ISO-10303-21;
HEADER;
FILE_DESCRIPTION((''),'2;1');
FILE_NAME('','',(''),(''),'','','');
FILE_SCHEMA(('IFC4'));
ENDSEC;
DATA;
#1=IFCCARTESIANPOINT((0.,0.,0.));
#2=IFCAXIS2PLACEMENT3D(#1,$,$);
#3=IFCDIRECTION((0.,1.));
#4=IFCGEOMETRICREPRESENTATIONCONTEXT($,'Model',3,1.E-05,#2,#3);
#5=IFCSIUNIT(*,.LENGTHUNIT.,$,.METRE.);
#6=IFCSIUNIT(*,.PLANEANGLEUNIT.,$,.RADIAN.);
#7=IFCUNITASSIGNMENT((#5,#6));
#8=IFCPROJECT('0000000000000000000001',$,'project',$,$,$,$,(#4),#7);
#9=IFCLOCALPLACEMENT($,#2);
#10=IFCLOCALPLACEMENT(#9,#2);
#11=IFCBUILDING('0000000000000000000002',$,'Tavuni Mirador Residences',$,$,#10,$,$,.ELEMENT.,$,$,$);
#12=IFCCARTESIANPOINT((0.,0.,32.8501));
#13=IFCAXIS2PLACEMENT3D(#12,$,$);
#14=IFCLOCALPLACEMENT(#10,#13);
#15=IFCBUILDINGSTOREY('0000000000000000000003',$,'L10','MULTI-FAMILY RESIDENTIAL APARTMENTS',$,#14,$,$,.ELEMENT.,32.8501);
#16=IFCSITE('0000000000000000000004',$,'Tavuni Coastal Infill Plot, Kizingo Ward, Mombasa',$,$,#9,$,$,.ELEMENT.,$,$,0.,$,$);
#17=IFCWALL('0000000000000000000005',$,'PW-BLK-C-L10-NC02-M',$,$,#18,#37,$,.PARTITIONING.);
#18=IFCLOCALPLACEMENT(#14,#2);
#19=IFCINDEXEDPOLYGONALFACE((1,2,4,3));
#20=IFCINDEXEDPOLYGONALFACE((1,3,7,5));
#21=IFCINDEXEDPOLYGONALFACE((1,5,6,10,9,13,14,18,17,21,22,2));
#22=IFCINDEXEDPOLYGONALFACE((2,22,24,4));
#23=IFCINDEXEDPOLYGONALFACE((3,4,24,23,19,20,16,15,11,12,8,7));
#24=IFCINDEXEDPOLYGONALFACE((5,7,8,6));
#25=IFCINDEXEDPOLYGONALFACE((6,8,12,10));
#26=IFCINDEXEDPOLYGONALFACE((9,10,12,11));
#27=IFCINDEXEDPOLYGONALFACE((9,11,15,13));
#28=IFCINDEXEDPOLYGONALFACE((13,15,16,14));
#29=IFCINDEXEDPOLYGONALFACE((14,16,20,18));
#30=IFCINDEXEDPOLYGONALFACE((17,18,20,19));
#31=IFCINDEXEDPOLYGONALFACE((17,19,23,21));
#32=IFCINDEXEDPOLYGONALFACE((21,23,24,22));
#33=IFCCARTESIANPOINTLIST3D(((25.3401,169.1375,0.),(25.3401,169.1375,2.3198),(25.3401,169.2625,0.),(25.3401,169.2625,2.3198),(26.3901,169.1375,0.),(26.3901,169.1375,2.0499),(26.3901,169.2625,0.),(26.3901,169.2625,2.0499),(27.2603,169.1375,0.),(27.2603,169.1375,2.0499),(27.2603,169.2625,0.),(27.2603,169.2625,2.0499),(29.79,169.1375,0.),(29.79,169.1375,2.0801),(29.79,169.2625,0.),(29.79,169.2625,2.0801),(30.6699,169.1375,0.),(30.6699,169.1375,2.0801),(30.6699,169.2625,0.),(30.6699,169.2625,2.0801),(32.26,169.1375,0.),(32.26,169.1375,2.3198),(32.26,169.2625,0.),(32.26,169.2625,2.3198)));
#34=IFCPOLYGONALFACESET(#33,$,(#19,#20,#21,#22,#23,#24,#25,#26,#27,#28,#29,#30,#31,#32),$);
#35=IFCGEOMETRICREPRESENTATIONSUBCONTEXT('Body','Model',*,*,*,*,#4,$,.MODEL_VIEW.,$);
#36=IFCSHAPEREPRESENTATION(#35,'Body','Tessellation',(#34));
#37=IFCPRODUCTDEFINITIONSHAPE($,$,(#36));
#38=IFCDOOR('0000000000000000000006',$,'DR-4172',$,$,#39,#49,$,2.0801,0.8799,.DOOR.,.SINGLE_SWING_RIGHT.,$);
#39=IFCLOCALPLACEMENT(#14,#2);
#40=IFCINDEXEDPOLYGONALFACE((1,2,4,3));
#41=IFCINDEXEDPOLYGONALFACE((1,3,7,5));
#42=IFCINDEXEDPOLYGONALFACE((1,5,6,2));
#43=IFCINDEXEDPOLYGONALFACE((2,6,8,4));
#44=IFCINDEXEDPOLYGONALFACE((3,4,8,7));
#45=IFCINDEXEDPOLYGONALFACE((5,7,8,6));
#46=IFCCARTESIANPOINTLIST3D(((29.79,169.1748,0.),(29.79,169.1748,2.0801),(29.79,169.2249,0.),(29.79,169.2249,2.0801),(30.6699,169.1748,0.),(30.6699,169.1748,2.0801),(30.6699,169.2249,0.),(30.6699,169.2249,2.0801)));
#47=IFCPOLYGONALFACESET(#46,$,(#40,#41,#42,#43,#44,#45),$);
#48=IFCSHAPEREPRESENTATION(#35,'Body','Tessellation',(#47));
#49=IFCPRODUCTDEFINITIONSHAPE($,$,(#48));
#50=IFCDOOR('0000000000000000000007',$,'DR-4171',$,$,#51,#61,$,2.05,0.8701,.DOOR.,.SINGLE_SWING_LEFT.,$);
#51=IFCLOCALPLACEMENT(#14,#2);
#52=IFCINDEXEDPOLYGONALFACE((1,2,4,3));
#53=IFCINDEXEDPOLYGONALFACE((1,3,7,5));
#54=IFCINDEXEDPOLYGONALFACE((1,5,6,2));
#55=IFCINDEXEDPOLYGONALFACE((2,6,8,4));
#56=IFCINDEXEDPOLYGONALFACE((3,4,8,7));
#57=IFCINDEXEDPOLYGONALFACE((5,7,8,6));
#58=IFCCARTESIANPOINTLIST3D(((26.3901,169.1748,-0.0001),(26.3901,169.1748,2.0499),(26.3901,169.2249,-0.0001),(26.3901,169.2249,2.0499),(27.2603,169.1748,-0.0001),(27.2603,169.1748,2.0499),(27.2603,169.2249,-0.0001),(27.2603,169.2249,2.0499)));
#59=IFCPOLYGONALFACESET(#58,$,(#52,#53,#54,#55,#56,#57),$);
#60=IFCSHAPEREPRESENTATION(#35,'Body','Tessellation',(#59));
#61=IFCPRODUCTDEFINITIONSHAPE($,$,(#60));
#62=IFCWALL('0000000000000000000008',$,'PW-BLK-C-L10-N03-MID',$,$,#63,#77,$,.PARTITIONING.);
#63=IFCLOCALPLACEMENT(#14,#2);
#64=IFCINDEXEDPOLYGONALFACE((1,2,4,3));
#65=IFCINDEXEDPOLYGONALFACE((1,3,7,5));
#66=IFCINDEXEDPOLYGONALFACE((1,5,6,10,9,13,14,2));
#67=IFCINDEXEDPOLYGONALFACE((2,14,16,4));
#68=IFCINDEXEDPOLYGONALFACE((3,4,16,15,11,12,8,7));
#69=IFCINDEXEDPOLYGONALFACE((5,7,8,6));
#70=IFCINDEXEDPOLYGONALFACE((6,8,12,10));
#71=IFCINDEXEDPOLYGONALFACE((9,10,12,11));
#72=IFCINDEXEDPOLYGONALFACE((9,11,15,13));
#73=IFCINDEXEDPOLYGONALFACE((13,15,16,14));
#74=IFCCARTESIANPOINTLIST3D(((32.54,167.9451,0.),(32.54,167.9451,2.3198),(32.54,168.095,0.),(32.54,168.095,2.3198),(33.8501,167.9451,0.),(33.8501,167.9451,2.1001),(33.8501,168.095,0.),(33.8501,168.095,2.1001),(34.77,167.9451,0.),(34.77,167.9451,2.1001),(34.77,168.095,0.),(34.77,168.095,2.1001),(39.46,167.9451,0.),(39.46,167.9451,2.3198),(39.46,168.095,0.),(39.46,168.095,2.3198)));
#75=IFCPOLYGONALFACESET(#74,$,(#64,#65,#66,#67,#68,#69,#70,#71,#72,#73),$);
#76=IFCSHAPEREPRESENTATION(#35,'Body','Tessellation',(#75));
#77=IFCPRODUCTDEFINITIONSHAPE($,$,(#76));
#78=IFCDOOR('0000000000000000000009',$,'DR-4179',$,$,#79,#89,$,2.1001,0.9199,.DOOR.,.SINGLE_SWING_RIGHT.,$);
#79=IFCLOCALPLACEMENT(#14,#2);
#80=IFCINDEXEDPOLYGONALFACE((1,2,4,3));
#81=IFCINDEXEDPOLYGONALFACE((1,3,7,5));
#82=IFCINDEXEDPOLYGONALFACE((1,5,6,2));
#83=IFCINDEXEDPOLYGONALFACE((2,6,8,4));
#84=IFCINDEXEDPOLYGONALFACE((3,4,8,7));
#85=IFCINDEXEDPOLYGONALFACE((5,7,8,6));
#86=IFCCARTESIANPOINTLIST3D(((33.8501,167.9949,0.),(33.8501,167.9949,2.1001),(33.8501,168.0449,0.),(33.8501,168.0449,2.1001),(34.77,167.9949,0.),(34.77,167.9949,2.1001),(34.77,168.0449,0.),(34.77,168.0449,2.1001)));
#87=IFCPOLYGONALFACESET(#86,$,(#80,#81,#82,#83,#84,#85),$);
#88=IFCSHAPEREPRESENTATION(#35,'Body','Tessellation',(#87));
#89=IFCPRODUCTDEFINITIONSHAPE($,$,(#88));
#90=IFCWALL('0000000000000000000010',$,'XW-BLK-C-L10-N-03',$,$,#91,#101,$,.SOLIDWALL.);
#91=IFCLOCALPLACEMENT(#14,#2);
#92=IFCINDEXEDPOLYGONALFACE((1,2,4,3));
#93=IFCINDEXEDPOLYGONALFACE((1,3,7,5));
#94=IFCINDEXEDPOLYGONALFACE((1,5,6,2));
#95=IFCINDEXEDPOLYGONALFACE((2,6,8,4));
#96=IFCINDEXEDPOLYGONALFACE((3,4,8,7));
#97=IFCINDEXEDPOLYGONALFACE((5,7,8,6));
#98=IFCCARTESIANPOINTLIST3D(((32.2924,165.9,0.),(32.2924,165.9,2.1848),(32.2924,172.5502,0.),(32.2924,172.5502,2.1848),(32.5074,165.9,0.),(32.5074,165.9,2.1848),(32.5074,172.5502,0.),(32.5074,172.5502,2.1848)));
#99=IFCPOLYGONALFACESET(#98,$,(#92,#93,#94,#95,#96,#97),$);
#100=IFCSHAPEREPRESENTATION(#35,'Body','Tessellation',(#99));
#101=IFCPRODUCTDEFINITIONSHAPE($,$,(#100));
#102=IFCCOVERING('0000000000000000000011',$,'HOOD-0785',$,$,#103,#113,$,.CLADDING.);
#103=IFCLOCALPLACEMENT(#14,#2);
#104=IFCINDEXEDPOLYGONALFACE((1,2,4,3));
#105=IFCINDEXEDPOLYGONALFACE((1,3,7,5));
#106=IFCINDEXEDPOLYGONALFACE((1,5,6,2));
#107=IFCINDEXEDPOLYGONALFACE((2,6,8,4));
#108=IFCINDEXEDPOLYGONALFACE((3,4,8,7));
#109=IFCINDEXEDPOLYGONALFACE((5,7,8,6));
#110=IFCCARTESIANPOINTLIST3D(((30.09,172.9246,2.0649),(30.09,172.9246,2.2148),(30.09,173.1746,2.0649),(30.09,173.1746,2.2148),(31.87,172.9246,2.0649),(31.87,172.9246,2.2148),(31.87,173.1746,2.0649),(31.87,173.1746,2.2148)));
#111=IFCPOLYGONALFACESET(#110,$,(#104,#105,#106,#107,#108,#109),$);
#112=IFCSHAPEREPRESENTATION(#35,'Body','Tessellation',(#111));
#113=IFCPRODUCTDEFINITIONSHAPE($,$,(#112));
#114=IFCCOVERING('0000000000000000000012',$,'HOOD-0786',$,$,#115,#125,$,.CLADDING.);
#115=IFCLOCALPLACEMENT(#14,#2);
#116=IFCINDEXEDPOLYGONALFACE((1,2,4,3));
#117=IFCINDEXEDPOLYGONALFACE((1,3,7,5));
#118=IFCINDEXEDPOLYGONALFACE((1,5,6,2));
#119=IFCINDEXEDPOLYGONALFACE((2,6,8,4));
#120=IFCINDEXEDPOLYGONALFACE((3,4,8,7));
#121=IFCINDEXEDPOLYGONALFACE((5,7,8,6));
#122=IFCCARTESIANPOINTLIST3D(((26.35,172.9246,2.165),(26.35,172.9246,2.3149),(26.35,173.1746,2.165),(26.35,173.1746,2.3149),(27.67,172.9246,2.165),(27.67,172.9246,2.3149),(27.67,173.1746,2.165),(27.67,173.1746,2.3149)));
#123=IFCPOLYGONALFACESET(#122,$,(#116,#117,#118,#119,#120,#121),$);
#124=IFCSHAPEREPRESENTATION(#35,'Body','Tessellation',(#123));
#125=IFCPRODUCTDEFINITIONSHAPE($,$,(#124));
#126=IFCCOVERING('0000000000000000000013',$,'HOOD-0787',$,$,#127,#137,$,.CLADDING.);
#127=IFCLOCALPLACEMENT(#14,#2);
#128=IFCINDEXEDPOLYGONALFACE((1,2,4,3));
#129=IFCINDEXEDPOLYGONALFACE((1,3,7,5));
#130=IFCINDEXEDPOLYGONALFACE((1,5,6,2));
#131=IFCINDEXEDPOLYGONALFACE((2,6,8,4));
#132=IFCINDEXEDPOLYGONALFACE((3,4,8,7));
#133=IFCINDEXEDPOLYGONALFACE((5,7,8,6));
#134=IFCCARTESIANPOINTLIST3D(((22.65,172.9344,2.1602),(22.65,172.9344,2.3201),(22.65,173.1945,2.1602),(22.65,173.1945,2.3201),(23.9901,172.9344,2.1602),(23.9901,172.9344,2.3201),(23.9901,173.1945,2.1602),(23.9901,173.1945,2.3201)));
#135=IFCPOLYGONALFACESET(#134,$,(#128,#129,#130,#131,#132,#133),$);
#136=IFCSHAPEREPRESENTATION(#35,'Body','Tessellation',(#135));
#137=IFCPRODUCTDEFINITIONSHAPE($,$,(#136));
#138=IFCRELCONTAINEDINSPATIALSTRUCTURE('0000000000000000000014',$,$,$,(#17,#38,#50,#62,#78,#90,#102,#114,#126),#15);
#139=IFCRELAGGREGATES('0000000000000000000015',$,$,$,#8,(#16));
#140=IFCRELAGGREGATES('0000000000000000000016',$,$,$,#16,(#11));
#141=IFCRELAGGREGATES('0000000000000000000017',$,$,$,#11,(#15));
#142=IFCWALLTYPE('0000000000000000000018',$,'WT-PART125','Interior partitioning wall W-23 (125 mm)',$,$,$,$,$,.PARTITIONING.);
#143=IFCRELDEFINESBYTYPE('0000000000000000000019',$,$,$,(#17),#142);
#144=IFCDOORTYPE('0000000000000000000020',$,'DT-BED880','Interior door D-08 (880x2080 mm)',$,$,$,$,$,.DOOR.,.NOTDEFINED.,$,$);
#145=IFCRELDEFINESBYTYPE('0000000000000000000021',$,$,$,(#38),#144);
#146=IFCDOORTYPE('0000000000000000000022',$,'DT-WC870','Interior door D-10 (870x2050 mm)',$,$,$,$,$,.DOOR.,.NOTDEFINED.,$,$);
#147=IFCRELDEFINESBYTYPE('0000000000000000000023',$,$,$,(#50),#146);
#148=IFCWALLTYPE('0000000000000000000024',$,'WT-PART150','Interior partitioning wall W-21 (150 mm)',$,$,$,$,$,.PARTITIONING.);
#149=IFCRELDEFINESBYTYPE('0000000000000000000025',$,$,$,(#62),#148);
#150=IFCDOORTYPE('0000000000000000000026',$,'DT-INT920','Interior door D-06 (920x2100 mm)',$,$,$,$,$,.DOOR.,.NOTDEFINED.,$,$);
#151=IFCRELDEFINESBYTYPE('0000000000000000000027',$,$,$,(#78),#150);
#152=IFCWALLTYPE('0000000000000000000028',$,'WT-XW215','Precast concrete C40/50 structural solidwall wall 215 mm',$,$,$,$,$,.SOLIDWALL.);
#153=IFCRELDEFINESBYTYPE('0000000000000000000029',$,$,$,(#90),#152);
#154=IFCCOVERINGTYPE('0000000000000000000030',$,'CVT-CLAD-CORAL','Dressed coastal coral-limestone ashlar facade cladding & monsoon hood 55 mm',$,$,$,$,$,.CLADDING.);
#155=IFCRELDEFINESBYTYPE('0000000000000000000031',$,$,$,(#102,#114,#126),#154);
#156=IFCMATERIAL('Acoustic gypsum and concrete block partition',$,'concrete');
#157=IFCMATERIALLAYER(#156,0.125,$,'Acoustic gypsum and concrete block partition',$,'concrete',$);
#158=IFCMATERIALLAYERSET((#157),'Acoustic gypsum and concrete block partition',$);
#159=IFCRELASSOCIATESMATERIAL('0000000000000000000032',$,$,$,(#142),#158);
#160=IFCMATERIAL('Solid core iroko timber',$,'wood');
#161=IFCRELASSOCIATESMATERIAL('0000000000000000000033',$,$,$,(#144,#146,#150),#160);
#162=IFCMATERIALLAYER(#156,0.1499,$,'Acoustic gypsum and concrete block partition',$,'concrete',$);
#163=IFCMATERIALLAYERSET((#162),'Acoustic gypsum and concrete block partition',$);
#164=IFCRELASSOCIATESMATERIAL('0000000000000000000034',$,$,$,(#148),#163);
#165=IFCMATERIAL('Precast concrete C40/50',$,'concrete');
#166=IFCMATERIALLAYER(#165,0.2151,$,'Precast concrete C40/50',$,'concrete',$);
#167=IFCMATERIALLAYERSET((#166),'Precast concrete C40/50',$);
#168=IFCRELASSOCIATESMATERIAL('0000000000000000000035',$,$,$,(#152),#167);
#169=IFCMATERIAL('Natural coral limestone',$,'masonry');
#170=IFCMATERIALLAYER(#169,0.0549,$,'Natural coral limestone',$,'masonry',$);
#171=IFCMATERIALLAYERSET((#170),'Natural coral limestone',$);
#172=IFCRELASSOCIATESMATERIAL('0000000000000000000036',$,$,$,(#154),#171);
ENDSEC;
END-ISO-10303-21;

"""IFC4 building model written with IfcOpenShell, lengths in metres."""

from ifc_helpers import new_model, si_unit, direction, frame, frame_2d, origin, origin_2d, place, context, subcontext, project, spatial, rectangle, extrude, material, layer, layer_set, type_object, element, fill, save


model = new_model("IFC4")

# Units and contexts
model_context = context("Model", 3, precision=1e-05, world=origin(), true_north=direction((0.0, 1.0)))
body_context = subcontext(model_context, "Body", "Model", "MODEL_VIEW")
ifc_project = project(units=[si_unit("LENGTHUNIT", "METRE"), si_unit("PLANEANGLEUNIT", "RADIAN")], contexts=[model_context])

# Site, building, storey
site_placement = place(None, origin())
site = spatial("IfcSite", under=ifc_project, at=site_placement, Name="Tavuni Coastal Infill Plot, Kizingo Ward, Mombasa", CompositionType="ELEMENT", RefElevation=0.0)
building_placement = place(site_placement, origin())
building = spatial("IfcBuilding", under=site, at=building_placement, Name="Tavuni Mirador Residences", CompositionType="ELEMENT")
storey_placement = place(building_placement, frame((0.0, 0.0, 32.8501)))
storey = spatial("IfcBuildingStorey", under=building, at=storey_placement, Name="L10", Description="MULTI-FAMILY RESIDENTIAL APARTMENTS", CompositionType="ELEMENT", Elevation=32.8501)

# Shared definitions
ifc_material_1 = material(Name="Precast concrete C40/50", Category="concrete")

# Shared definitions
ifc_material_2 = material(Name="Acoustic gypsum and concrete block partition", Category="concrete")
ifc_material_3 = material(Name="Solid core iroko timber", Category="wood")

# Wall, openings, doors
ifc_layer_1 = layer(ifc_material_2, 0.125, Name="Acoustic gypsum and concrete block partition", Category="concrete")
ifc_layer_set_1 = layer_set([ifc_layer_1], Name="Acoustic gypsum and concrete block partition")
wall_type_1 = type_object("IfcWallType", Name="WT-PART125", Description="Interior partitioning wall W-23 (125 mm)", PredefinedType="PARTITIONING", material=ifc_layer_set_1)
wall_1_placement = place(storey_placement, frame((25.3401, 169.2, 0.0), z_axis=(0.0, 0.0, 1.0), x_axis=(1.0, 0.0, 0.0)))
wall_1 = element("IfcWall", 1, at=wall_1_placement, inside=storey, type_object=wall_type_1, Name="PW-BLK-C-L10-NC02-M", PredefinedType="PARTITIONING", context=body_context, shape_type="SweptSolid", body=[
    extrude(rectangle(XDim=6.9199, YDim=0.125, at=frame_2d((3.46, 0.0))), origin(), (0.0, 0.0, 1.0), 2.3198),
])
opening_1_placement = place(wall_1_placement, frame((1.05, 0.0, 0.0)))
opening_1 = element("IfcOpeningElement", 2, at=opening_1_placement, cuts=wall_1, PredefinedType="OPENING", context=body_context, shape_type="SweptSolid", body=[
    extrude(rectangle(XDim=0.8701, YDim=2.05, at=frame_2d((0.4351, 1.0249))), frame((0.0, 0.0725, 0.0), z_axis=(0.0, -1.0, 0.0), x_axis=(1.0, 0.0, 0.0)), (0.0, 0.0, 1.0), 0.145),
])
opening_2_placement = place(wall_1_placement, frame((4.45, 0.0, 0.0)))
opening_2 = element("IfcOpeningElement", 3, at=opening_2_placement, cuts=wall_1, PredefinedType="OPENING", context=body_context, shape_type="SweptSolid", body=[
    extrude(rectangle(XDim=0.8799, YDim=2.0801, at=frame_2d((0.4399, 1.04))), frame((0.0, 0.0725, 0.0), z_axis=(0.0, -1.0, 0.0), x_axis=(1.0, 0.0, 0.0)), (0.0, 0.0, 1.0), 0.145),
])
door_type_1 = type_object("IfcDoorType", Name="DT-BED880", Description="Interior door D-08 (880x2080 mm)", OperationType="NOTDEFINED", PredefinedType="DOOR", material=ifc_material_3)
door_1_placement = place(opening_2_placement, origin())
door_1 = element("IfcDoor", 4, at=door_1_placement, inside=storey, type_object=door_type_1, Name="DR-4172", OperationType="SINGLE_SWING_RIGHT", OverallHeight=2.0801, OverallWidth=0.8799, PredefinedType="DOOR", context=body_context, shape_type="SweptSolid", body=[
    extrude(rectangle(XDim=0.8799, YDim=2.0801, at=frame_2d((0.4399, 1.04))), frame((0.0, 0.0249, 0.0), z_axis=(0.0, -1.0, 0.0), x_axis=(1.0, 0.0, 0.0)), (0.0, 0.0, 1.0), 0.05),
])
fill(opening_2, door_1)
door_type_2 = type_object("IfcDoorType", Name="DT-WC870", Description="Interior door D-10 (870x2050 mm)", OperationType="NOTDEFINED", PredefinedType="DOOR", material=ifc_material_3)
door_2_placement = place(opening_1_placement, origin())
door_2 = element("IfcDoor", 5, at=door_2_placement, inside=storey, type_object=door_type_2, Name="DR-4171", OperationType="SINGLE_SWING_LEFT", OverallHeight=2.05, OverallWidth=0.8701, PredefinedType="DOOR", context=body_context, shape_type="SweptSolid", body=[
    extrude(rectangle(XDim=0.8701, YDim=2.05, at=frame_2d((0.4351, 1.0249))), frame((0.0, 0.0249, 0.0), z_axis=(0.0, -1.0, 0.0), x_axis=(1.0, 0.0, 0.0)), (0.0, 0.0, 1.0), 0.05),
])
fill(opening_1, door_2)

# Wall, opening, door
ifc_layer_2 = layer(ifc_material_2, 0.1499, Name="Acoustic gypsum and concrete block partition", Category="concrete")
ifc_layer_set_2 = layer_set([ifc_layer_2], Name="Acoustic gypsum and concrete block partition")
wall_type_2 = type_object("IfcWallType", Name="WT-PART150", Description="Interior partitioning wall W-21 (150 mm)", PredefinedType="PARTITIONING", material=ifc_layer_set_2)
wall_2_placement = place(storey_placement, frame((32.54, 168.02, 0.0), z_axis=(0.0, 0.0, 1.0), x_axis=(1.0, 0.0, 0.0)))
wall_2 = element("IfcWall", 6, at=wall_2_placement, inside=storey, type_object=wall_type_2, Name="PW-BLK-C-L10-N03-MID", PredefinedType="PARTITIONING", context=body_context, shape_type="SweptSolid", body=[
    extrude(rectangle(XDim=6.9199, YDim=0.1499, at=frame_2d((3.46, 0.0))), origin(), (0.0, 0.0, 1.0), 2.3198),
])
opening_3_placement = place(wall_2_placement, frame((1.3101, 0.0, 0.0)))
opening_3 = element("IfcOpeningElement", 7, at=opening_3_placement, cuts=wall_2, PredefinedType="OPENING", context=body_context, shape_type="SweptSolid", body=[
    extrude(rectangle(XDim=0.9199, YDim=2.1001, at=frame_2d((0.46, 1.05))), frame((0.0, 0.085, 0.0), z_axis=(0.0, -1.0, 0.0), x_axis=(1.0, 0.0, 0.0)), (0.0, 0.0, 1.0), 0.1699),
])
door_type_3 = type_object("IfcDoorType", Name="DT-INT920", Description="Interior door D-06 (920x2100 mm)", OperationType="NOTDEFINED", PredefinedType="DOOR", material=ifc_material_3)
door_3_placement = place(opening_3_placement, origin())
door_3 = element("IfcDoor", 8, at=door_3_placement, inside=storey, type_object=door_type_3, Name="DR-4179", OperationType="SINGLE_SWING_RIGHT", OverallHeight=2.1001, OverallWidth=0.9199, PredefinedType="DOOR", context=body_context, shape_type="SweptSolid", body=[
    extrude(rectangle(XDim=0.9199, YDim=2.1001, at=frame_2d((0.46, 1.05))), frame((0.0, 0.0249, 0.0), z_axis=(0.0, -1.0, 0.0), x_axis=(1.0, 0.0, 0.0)), (0.0, 0.0, 1.0), 0.05),
])
fill(opening_3, door_3)
ifc_layer_3 = layer(ifc_material_1, 0.2151, Name="Precast concrete C40/50", Category="concrete")
ifc_layer_set_3 = layer_set([ifc_layer_3], Name="Precast concrete C40/50")
wall_type_3 = type_object("IfcWallType", Name="WT-XW215", Description="Precast concrete C40/50 structural solidwall wall 215 mm", PredefinedType="SOLIDWALL", material=ifc_layer_set_3)

# Wall
wall_3_placement = place(storey_placement, frame((32.3999, 165.8999, 0.0), z_axis=(0.0, 0.0, 1.0), x_axis=(0.0, 1.0, 0.0)))
element("IfcWall", 9, at=wall_3_placement, inside=storey, type_object=wall_type_3, Name="XW-BLK-C-L10-N-03", PredefinedType="SOLIDWALL", context=body_context, shape_type="SweptSolid", body=[
    extrude(rectangle(XDim=6.6501, YDim=0.2151, at=frame_2d((3.3252, 0.0))), origin(), (0.0, 0.0, 1.0), 2.1848),
])

# Coverings
ifc_material_4 = material(Name="Natural coral limestone", Category="masonry")
ifc_layer_4 = layer(ifc_material_4, 0.0549, Name="Natural coral limestone", Category="masonry")
ifc_layer_set_4 = layer_set([ifc_layer_4], Name="Natural coral limestone")
covering_type = type_object("IfcCoveringType", Name="CVT-CLAD-CORAL", Description="Dressed coastal coral-limestone ashlar facade cladding & monsoon hood 55 mm", PredefinedType="CLADDING", material=ifc_layer_set_4)
covering_1_placement = place(storey_placement, frame((30.98, 173.0496, 2.0649), z_axis=(0.0, 0.0, 1.0), x_axis=(-1.0, 0.0, 0.0)))
element("IfcCovering", 10, at=covering_1_placement, inside=storey, type_object=covering_type, Name="HOOD-0785", PredefinedType="CLADDING", context=body_context, shape_type="SweptSolid", body=[
    extrude(rectangle(XDim=1.78, YDim=0.25, at=origin_2d()), origin(), (0.0, 0.0, 1.0), 0.1499),
])
covering_2_placement = place(storey_placement, frame((27.01, 173.0496, 2.165), z_axis=(0.0, 0.0, 1.0), x_axis=(-1.0, 0.0, 0.0)))
element("IfcCovering", 11, at=covering_2_placement, inside=storey, type_object=covering_type, Name="HOOD-0786", PredefinedType="CLADDING", context=body_context, shape_type="SweptSolid", body=[
    extrude(rectangle(XDim=1.3201, YDim=0.25, at=origin_2d()), origin(), (0.0, 0.0, 1.0), 0.1499),
])
covering_3_placement = place(storey_placement, frame((23.3201, 173.0645, 2.1602), z_axis=(0.0, 0.0, 1.0), x_axis=(-1.0, 0.0, 0.0)))
element("IfcCovering", 12, at=covering_3_placement, inside=storey, type_object=covering_type, Name="HOOD-0787", PredefinedType="CLADDING", context=body_context, shape_type="SweptSolid", body=[
    extrude(rectangle(XDim=1.3401, YDim=0.26, at=origin_2d()), origin(), (0.0, 0.0, 1.0), 0.1599),
])

save(model, "model.ifc")
